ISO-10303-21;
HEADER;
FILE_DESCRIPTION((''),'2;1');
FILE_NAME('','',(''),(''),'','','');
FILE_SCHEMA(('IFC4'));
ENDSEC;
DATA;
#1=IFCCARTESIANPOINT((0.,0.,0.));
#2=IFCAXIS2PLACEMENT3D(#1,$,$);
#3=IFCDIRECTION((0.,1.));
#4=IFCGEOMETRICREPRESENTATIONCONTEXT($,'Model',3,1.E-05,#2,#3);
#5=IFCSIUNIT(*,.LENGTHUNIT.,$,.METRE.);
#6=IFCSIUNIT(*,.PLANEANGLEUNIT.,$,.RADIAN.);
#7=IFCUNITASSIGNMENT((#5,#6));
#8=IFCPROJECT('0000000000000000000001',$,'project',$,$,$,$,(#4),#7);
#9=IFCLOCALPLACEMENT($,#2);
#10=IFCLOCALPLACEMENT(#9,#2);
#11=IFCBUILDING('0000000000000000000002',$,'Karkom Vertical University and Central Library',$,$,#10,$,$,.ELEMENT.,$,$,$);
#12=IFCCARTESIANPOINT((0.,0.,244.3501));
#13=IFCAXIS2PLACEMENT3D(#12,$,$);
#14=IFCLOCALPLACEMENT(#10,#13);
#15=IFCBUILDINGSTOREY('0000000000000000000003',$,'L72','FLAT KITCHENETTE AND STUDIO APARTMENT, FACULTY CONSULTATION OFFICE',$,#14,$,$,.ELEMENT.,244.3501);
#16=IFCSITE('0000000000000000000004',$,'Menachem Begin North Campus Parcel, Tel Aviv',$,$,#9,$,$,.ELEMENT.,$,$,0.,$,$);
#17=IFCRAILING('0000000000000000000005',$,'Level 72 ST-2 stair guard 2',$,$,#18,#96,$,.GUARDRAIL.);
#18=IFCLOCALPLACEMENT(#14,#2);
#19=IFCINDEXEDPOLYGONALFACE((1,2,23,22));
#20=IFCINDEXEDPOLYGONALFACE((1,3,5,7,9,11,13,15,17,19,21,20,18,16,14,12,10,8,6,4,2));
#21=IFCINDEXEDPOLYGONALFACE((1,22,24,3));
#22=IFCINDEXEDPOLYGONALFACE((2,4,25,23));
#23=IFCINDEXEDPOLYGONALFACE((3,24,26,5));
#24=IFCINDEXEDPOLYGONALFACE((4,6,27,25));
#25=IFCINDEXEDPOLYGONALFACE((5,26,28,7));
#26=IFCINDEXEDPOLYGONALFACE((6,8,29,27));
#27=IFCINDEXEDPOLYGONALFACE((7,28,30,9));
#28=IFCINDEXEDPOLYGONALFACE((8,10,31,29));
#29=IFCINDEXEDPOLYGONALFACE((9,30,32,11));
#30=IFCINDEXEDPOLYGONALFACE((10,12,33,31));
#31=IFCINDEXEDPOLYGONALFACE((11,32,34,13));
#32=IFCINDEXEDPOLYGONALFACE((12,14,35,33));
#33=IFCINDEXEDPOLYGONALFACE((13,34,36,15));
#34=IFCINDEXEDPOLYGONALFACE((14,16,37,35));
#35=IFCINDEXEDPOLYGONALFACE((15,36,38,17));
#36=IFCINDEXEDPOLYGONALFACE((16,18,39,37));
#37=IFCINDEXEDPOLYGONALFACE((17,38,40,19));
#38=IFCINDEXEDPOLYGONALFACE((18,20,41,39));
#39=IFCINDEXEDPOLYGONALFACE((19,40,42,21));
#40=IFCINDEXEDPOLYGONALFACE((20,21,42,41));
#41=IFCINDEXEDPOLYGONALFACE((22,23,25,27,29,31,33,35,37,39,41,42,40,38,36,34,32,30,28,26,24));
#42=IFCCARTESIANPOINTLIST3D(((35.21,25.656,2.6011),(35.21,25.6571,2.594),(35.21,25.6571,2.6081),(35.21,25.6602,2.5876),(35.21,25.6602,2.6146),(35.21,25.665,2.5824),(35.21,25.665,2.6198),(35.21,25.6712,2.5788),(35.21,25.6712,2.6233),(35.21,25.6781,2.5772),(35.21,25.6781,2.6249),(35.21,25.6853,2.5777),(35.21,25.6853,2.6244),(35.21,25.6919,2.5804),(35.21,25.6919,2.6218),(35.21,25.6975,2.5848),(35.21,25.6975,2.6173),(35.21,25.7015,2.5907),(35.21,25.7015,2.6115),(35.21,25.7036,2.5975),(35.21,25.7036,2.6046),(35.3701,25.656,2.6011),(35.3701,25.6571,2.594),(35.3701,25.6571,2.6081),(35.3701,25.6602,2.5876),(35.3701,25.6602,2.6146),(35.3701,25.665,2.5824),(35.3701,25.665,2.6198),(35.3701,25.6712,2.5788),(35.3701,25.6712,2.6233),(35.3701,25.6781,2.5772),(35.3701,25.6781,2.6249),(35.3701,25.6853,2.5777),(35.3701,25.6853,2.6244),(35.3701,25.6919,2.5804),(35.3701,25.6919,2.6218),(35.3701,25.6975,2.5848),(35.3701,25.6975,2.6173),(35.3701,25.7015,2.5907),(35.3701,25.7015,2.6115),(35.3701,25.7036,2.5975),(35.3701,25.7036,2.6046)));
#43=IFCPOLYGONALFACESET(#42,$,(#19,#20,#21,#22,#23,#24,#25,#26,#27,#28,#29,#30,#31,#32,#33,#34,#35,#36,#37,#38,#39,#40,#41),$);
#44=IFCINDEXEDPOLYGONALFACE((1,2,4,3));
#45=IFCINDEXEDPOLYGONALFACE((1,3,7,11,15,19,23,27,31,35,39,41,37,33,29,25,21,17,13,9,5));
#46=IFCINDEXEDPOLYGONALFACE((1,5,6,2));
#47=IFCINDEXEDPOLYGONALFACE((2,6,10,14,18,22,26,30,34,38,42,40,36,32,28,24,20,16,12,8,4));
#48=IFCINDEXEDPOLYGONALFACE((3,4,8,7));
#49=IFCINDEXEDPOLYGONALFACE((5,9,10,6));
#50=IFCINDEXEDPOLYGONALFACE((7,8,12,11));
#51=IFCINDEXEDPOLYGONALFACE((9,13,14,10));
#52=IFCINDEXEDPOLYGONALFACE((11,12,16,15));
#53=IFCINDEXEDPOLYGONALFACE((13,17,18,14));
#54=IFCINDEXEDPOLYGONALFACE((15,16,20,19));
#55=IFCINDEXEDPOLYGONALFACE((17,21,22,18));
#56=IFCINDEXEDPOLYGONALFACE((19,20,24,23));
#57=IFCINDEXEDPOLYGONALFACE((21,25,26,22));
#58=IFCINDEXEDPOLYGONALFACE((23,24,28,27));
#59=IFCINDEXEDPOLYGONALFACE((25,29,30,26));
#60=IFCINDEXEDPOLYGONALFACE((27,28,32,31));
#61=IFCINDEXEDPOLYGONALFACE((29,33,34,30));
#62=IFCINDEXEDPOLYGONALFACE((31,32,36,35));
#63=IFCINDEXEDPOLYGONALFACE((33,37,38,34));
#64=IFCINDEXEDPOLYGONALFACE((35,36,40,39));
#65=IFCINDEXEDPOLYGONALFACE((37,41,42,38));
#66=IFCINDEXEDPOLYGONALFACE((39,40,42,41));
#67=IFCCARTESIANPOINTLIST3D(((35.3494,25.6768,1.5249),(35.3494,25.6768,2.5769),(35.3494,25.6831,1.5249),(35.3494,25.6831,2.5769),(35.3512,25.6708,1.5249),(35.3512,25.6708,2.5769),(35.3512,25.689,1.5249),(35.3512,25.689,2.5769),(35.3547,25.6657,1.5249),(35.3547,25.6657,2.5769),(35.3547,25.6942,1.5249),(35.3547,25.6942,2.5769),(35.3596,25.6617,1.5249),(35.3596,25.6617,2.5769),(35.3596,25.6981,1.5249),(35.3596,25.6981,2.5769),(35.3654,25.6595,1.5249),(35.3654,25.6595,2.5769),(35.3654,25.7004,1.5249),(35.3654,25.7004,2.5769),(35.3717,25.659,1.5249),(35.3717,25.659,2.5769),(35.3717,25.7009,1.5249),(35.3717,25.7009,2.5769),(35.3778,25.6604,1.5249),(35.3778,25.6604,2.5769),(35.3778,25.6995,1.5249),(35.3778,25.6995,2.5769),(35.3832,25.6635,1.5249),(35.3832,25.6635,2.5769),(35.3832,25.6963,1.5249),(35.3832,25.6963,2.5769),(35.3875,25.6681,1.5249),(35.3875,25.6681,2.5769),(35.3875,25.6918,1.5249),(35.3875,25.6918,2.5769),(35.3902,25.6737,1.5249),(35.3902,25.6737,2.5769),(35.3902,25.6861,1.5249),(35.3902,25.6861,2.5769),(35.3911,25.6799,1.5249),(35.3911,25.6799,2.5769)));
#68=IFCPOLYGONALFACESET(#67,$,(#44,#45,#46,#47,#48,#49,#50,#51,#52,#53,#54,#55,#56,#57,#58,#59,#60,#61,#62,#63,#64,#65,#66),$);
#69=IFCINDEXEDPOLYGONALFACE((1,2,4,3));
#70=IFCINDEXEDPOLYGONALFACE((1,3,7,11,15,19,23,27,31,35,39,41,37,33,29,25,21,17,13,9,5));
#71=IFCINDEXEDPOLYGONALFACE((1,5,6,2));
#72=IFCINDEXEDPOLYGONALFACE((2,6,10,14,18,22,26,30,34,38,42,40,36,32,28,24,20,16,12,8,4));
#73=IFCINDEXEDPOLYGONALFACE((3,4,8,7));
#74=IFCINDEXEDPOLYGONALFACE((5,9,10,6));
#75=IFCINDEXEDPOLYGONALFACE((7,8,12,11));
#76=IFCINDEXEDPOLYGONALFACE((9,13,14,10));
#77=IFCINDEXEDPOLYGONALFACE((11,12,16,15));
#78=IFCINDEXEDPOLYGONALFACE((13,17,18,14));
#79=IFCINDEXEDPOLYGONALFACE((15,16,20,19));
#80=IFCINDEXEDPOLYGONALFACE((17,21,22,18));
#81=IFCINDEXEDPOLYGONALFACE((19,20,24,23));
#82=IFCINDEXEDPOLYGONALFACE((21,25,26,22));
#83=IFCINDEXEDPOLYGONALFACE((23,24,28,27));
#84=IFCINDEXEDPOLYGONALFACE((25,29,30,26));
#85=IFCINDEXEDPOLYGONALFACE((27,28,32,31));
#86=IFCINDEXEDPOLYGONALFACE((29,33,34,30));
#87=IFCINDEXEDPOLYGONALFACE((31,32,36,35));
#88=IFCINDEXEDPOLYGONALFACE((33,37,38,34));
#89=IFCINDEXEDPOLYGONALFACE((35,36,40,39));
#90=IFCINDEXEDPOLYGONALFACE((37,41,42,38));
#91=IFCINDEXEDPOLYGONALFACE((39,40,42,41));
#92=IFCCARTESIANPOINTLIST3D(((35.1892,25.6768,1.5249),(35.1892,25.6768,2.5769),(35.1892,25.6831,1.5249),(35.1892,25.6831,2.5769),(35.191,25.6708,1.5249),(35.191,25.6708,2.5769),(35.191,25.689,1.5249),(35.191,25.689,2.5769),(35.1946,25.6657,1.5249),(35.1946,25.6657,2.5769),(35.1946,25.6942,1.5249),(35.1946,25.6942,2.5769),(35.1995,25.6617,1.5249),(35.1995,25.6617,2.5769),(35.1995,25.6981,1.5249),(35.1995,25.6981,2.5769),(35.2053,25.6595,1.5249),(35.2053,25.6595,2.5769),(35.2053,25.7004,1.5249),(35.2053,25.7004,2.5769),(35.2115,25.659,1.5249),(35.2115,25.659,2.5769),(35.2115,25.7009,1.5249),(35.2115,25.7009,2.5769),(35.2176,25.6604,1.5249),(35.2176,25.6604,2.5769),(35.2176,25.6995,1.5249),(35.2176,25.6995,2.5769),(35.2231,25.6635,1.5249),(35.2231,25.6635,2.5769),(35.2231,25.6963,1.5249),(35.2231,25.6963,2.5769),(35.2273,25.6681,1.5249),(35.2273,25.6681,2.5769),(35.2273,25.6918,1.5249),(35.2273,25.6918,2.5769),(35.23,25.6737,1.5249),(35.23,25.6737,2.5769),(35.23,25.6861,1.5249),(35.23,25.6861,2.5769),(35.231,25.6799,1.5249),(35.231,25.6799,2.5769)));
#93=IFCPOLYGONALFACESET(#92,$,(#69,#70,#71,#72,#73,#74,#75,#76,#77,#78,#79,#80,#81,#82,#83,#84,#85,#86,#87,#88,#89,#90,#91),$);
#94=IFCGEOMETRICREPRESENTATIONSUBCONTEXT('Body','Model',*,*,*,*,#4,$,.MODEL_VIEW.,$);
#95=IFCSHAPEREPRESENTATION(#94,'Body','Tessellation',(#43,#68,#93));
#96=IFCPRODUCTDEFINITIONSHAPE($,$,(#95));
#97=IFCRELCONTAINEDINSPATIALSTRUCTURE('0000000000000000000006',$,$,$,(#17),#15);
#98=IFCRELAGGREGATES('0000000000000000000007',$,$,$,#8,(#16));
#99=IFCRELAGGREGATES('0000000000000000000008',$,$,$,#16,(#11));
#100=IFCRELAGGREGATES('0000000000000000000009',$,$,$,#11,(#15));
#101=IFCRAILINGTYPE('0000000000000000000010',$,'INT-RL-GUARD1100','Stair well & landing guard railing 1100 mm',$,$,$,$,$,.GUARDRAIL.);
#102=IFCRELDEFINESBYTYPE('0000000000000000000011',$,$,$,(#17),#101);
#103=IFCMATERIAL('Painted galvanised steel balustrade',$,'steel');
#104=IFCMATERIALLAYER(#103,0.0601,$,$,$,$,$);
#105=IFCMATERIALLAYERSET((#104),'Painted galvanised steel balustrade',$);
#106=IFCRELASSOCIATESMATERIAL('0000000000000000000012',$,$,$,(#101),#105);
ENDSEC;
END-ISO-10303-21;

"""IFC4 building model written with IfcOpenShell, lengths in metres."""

from ifc_helpers import new_model, si_unit, direction, frame, origin, origin_2d, place, context, subcontext, project, spatial, circle, extrude, material, layer, layer_set, type_object, element, save


model = new_model("IFC4")

# Units and contexts
model_context = context("Model", 3, precision=1e-05, world=origin(), true_north=direction((0.0, 1.0)))
body_context = subcontext(model_context, "Body", "Model", "MODEL_VIEW")
ifc_project = project(units=[si_unit("LENGTHUNIT", "METRE"), si_unit("PLANEANGLEUNIT", "RADIAN")], contexts=[model_context])

# Site, building, storey
site_placement = place(None, origin())
site = spatial("IfcSite", under=ifc_project, at=site_placement, Name="Menachem Begin North Campus Parcel, Tel Aviv", CompositionType="ELEMENT", RefElevation=0.0)
building_placement = place(site_placement, origin())
building = spatial("IfcBuilding", under=site, at=building_placement, Name="Karkom Vertical University and Central Library", CompositionType="ELEMENT")
storey_placement = place(building_placement, frame((0.0, 0.0, 244.3501)))
storey = spatial("IfcBuildingStorey", under=building, at=storey_placement, Name="L72", Description="FLAT KITCHENETTE AND STUDIO APARTMENT, FACULTY CONSULTATION OFFICE", CompositionType="ELEMENT", Elevation=244.3501)

# Railing
ifc_material_1 = material(Name="Painted galvanised steel balustrade", Category="steel")
ifc_layer_1 = layer(ifc_material_1, 0.0601)
ifc_layer_set_1 = layer_set([ifc_layer_1], Name="Painted galvanised steel balustrade")
railing_type_1 = type_object("IfcRailingType", Name="INT-RL-GUARD1100", Description="Stair well & landing guard railing 1100 mm", PredefinedType="GUARDRAIL", material=ifc_layer_set_1)
railing_1_placement = place(storey_placement, frame((35.3701, 25.6799, 1.5249)))
element("IfcRailing", 1, at=railing_1_placement, inside=storey, type_object=railing_type_1, Name="Level 72 ST-2 stair guard 2", PredefinedType="GUARDRAIL", context=body_context, shape_type="SweptSolid", body=[
    extrude(circle(Radius=0.0239, at=origin_2d()), frame((0.0, 0.0, 1.0762), z_axis=(-1.0, 0.0, 0.0), x_axis=(0.0, -1.0, 0.0)), (0.0, 0.0, 1.0), 0.1602),
    extrude(circle(Radius=0.021, at=origin_2d()), origin(), (0.0, 0.0, 1.0), 1.052),
    extrude(circle(Radius=0.021, at=origin_2d()), frame((-0.1602, 0.0, 0.0)), (0.0, 0.0, 1.0), 1.052),
])

save(model, "model.ifc")
